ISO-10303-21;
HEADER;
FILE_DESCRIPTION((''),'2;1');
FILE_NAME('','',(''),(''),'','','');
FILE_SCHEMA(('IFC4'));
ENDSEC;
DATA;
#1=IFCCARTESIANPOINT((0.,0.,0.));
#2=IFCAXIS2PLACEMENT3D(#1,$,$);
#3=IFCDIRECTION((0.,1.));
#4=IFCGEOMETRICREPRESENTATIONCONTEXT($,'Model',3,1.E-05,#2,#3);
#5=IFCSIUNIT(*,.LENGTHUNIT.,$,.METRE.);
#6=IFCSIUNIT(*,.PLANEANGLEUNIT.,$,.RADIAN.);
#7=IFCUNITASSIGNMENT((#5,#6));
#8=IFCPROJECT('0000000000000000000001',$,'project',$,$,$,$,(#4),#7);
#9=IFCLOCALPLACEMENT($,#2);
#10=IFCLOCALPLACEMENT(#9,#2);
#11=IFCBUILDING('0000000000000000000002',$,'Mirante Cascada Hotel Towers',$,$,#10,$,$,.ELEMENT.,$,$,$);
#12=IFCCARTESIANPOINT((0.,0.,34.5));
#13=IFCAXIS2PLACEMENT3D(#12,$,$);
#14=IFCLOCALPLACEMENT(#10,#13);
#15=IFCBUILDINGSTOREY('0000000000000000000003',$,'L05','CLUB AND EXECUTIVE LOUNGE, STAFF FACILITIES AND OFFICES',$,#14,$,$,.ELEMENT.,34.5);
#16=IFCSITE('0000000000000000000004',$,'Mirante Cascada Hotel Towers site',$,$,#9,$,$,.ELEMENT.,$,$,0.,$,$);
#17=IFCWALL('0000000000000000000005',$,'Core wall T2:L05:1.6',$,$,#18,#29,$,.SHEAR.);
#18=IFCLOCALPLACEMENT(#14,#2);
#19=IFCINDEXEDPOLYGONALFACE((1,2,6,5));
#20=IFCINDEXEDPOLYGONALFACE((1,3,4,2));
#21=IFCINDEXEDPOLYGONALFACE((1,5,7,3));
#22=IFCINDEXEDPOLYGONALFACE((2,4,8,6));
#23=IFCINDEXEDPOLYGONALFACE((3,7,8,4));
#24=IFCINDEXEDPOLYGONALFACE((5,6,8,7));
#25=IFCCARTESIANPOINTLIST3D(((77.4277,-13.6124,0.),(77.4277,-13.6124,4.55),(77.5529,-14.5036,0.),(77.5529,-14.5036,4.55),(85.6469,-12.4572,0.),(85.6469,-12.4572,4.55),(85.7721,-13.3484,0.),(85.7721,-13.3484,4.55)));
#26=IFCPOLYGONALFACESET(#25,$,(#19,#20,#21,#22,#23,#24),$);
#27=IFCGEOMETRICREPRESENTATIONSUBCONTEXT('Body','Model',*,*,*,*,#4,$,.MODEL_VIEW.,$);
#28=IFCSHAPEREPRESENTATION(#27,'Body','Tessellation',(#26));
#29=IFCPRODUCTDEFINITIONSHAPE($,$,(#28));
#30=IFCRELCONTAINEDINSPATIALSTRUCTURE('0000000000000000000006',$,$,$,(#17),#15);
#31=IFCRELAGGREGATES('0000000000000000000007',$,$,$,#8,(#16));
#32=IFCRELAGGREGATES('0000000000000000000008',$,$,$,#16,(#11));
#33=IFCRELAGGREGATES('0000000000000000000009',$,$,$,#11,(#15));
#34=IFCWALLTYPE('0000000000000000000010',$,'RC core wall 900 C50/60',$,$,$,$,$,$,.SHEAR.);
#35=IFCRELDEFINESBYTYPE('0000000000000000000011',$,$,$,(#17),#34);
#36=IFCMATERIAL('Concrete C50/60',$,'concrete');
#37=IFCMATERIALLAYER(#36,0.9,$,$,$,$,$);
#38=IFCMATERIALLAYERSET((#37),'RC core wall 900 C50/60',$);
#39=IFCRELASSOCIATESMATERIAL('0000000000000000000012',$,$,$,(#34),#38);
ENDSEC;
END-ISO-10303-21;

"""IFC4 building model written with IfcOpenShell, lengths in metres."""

from ifc_helpers import new_model, si_unit, direction, frame, frame_2d, origin, place, context, subcontext, project, spatial, rectangle, extrude, material, layer, layer_set, type_object, element, save


model = new_model("IFC4")

# Units and contexts
model_context = context("Model", 3, precision=1e-05, world=origin(), true_north=direction((0.0, 1.0)))
body_context = subcontext(model_context, "Body", "Model", "MODEL_VIEW")
ifc_project = project(units=[si_unit("LENGTHUNIT", "METRE"), si_unit("PLANEANGLEUNIT", "RADIAN")], contexts=[model_context])

# Site, building, storey
site_placement = place(None, origin())
site = spatial("IfcSite", under=ifc_project, at=site_placement, Name="Mirante Cascada Hotel Towers site", CompositionType="ELEMENT", RefElevation=0.0)
building_placement = place(site_placement, origin())
building = spatial("IfcBuilding", under=site, at=building_placement, Name="Mirante Cascada Hotel Towers", CompositionType="ELEMENT")
storey_placement = place(building_placement, frame((0.0, 0.0, 34.5)))
storey = spatial("IfcBuildingStorey", under=building, at=storey_placement, Name="L05", Description="CLUB AND EXECUTIVE LOUNGE, STAFF FACILITIES AND OFFICES", CompositionType="ELEMENT", Elevation=34.5)

# Wall
ifc_material_1 = material(Name="Concrete C50/60", Category="concrete")
ifc_layer_1 = layer(ifc_material_1, 0.9)
ifc_layer_set_1 = layer_set([ifc_layer_1], Name="RC core wall 900 C50/60")
wall_type_1 = type_object("IfcWallType", Name="RC core wall 900 C50/60", PredefinedType="SHEAR", material=ifc_layer_set_1)
for number, where, z_axis, x_axis, name in (
    (1, (77.4903, -14.058, 0.0), (0.0, 0.0, 1.0), (0.990267, 0.139181, 0.0), "Core wall T2:L05:1.6"),
):
    element("IfcWall", number, at=place(storey_placement, frame(where, z_axis=z_axis, x_axis=x_axis)), inside=storey, type_object=wall_type_1, Name=name, PredefinedType="SHEAR", context=body_context, shape_type="SweptSolid", body=[
        extrude(rectangle(XDim=8.3, YDim=0.9, at=frame_2d((4.15, 0.0))), origin(), (0.0, 0.0, 1.0), 4.55),
    ])

save(model, "model.ifc")
